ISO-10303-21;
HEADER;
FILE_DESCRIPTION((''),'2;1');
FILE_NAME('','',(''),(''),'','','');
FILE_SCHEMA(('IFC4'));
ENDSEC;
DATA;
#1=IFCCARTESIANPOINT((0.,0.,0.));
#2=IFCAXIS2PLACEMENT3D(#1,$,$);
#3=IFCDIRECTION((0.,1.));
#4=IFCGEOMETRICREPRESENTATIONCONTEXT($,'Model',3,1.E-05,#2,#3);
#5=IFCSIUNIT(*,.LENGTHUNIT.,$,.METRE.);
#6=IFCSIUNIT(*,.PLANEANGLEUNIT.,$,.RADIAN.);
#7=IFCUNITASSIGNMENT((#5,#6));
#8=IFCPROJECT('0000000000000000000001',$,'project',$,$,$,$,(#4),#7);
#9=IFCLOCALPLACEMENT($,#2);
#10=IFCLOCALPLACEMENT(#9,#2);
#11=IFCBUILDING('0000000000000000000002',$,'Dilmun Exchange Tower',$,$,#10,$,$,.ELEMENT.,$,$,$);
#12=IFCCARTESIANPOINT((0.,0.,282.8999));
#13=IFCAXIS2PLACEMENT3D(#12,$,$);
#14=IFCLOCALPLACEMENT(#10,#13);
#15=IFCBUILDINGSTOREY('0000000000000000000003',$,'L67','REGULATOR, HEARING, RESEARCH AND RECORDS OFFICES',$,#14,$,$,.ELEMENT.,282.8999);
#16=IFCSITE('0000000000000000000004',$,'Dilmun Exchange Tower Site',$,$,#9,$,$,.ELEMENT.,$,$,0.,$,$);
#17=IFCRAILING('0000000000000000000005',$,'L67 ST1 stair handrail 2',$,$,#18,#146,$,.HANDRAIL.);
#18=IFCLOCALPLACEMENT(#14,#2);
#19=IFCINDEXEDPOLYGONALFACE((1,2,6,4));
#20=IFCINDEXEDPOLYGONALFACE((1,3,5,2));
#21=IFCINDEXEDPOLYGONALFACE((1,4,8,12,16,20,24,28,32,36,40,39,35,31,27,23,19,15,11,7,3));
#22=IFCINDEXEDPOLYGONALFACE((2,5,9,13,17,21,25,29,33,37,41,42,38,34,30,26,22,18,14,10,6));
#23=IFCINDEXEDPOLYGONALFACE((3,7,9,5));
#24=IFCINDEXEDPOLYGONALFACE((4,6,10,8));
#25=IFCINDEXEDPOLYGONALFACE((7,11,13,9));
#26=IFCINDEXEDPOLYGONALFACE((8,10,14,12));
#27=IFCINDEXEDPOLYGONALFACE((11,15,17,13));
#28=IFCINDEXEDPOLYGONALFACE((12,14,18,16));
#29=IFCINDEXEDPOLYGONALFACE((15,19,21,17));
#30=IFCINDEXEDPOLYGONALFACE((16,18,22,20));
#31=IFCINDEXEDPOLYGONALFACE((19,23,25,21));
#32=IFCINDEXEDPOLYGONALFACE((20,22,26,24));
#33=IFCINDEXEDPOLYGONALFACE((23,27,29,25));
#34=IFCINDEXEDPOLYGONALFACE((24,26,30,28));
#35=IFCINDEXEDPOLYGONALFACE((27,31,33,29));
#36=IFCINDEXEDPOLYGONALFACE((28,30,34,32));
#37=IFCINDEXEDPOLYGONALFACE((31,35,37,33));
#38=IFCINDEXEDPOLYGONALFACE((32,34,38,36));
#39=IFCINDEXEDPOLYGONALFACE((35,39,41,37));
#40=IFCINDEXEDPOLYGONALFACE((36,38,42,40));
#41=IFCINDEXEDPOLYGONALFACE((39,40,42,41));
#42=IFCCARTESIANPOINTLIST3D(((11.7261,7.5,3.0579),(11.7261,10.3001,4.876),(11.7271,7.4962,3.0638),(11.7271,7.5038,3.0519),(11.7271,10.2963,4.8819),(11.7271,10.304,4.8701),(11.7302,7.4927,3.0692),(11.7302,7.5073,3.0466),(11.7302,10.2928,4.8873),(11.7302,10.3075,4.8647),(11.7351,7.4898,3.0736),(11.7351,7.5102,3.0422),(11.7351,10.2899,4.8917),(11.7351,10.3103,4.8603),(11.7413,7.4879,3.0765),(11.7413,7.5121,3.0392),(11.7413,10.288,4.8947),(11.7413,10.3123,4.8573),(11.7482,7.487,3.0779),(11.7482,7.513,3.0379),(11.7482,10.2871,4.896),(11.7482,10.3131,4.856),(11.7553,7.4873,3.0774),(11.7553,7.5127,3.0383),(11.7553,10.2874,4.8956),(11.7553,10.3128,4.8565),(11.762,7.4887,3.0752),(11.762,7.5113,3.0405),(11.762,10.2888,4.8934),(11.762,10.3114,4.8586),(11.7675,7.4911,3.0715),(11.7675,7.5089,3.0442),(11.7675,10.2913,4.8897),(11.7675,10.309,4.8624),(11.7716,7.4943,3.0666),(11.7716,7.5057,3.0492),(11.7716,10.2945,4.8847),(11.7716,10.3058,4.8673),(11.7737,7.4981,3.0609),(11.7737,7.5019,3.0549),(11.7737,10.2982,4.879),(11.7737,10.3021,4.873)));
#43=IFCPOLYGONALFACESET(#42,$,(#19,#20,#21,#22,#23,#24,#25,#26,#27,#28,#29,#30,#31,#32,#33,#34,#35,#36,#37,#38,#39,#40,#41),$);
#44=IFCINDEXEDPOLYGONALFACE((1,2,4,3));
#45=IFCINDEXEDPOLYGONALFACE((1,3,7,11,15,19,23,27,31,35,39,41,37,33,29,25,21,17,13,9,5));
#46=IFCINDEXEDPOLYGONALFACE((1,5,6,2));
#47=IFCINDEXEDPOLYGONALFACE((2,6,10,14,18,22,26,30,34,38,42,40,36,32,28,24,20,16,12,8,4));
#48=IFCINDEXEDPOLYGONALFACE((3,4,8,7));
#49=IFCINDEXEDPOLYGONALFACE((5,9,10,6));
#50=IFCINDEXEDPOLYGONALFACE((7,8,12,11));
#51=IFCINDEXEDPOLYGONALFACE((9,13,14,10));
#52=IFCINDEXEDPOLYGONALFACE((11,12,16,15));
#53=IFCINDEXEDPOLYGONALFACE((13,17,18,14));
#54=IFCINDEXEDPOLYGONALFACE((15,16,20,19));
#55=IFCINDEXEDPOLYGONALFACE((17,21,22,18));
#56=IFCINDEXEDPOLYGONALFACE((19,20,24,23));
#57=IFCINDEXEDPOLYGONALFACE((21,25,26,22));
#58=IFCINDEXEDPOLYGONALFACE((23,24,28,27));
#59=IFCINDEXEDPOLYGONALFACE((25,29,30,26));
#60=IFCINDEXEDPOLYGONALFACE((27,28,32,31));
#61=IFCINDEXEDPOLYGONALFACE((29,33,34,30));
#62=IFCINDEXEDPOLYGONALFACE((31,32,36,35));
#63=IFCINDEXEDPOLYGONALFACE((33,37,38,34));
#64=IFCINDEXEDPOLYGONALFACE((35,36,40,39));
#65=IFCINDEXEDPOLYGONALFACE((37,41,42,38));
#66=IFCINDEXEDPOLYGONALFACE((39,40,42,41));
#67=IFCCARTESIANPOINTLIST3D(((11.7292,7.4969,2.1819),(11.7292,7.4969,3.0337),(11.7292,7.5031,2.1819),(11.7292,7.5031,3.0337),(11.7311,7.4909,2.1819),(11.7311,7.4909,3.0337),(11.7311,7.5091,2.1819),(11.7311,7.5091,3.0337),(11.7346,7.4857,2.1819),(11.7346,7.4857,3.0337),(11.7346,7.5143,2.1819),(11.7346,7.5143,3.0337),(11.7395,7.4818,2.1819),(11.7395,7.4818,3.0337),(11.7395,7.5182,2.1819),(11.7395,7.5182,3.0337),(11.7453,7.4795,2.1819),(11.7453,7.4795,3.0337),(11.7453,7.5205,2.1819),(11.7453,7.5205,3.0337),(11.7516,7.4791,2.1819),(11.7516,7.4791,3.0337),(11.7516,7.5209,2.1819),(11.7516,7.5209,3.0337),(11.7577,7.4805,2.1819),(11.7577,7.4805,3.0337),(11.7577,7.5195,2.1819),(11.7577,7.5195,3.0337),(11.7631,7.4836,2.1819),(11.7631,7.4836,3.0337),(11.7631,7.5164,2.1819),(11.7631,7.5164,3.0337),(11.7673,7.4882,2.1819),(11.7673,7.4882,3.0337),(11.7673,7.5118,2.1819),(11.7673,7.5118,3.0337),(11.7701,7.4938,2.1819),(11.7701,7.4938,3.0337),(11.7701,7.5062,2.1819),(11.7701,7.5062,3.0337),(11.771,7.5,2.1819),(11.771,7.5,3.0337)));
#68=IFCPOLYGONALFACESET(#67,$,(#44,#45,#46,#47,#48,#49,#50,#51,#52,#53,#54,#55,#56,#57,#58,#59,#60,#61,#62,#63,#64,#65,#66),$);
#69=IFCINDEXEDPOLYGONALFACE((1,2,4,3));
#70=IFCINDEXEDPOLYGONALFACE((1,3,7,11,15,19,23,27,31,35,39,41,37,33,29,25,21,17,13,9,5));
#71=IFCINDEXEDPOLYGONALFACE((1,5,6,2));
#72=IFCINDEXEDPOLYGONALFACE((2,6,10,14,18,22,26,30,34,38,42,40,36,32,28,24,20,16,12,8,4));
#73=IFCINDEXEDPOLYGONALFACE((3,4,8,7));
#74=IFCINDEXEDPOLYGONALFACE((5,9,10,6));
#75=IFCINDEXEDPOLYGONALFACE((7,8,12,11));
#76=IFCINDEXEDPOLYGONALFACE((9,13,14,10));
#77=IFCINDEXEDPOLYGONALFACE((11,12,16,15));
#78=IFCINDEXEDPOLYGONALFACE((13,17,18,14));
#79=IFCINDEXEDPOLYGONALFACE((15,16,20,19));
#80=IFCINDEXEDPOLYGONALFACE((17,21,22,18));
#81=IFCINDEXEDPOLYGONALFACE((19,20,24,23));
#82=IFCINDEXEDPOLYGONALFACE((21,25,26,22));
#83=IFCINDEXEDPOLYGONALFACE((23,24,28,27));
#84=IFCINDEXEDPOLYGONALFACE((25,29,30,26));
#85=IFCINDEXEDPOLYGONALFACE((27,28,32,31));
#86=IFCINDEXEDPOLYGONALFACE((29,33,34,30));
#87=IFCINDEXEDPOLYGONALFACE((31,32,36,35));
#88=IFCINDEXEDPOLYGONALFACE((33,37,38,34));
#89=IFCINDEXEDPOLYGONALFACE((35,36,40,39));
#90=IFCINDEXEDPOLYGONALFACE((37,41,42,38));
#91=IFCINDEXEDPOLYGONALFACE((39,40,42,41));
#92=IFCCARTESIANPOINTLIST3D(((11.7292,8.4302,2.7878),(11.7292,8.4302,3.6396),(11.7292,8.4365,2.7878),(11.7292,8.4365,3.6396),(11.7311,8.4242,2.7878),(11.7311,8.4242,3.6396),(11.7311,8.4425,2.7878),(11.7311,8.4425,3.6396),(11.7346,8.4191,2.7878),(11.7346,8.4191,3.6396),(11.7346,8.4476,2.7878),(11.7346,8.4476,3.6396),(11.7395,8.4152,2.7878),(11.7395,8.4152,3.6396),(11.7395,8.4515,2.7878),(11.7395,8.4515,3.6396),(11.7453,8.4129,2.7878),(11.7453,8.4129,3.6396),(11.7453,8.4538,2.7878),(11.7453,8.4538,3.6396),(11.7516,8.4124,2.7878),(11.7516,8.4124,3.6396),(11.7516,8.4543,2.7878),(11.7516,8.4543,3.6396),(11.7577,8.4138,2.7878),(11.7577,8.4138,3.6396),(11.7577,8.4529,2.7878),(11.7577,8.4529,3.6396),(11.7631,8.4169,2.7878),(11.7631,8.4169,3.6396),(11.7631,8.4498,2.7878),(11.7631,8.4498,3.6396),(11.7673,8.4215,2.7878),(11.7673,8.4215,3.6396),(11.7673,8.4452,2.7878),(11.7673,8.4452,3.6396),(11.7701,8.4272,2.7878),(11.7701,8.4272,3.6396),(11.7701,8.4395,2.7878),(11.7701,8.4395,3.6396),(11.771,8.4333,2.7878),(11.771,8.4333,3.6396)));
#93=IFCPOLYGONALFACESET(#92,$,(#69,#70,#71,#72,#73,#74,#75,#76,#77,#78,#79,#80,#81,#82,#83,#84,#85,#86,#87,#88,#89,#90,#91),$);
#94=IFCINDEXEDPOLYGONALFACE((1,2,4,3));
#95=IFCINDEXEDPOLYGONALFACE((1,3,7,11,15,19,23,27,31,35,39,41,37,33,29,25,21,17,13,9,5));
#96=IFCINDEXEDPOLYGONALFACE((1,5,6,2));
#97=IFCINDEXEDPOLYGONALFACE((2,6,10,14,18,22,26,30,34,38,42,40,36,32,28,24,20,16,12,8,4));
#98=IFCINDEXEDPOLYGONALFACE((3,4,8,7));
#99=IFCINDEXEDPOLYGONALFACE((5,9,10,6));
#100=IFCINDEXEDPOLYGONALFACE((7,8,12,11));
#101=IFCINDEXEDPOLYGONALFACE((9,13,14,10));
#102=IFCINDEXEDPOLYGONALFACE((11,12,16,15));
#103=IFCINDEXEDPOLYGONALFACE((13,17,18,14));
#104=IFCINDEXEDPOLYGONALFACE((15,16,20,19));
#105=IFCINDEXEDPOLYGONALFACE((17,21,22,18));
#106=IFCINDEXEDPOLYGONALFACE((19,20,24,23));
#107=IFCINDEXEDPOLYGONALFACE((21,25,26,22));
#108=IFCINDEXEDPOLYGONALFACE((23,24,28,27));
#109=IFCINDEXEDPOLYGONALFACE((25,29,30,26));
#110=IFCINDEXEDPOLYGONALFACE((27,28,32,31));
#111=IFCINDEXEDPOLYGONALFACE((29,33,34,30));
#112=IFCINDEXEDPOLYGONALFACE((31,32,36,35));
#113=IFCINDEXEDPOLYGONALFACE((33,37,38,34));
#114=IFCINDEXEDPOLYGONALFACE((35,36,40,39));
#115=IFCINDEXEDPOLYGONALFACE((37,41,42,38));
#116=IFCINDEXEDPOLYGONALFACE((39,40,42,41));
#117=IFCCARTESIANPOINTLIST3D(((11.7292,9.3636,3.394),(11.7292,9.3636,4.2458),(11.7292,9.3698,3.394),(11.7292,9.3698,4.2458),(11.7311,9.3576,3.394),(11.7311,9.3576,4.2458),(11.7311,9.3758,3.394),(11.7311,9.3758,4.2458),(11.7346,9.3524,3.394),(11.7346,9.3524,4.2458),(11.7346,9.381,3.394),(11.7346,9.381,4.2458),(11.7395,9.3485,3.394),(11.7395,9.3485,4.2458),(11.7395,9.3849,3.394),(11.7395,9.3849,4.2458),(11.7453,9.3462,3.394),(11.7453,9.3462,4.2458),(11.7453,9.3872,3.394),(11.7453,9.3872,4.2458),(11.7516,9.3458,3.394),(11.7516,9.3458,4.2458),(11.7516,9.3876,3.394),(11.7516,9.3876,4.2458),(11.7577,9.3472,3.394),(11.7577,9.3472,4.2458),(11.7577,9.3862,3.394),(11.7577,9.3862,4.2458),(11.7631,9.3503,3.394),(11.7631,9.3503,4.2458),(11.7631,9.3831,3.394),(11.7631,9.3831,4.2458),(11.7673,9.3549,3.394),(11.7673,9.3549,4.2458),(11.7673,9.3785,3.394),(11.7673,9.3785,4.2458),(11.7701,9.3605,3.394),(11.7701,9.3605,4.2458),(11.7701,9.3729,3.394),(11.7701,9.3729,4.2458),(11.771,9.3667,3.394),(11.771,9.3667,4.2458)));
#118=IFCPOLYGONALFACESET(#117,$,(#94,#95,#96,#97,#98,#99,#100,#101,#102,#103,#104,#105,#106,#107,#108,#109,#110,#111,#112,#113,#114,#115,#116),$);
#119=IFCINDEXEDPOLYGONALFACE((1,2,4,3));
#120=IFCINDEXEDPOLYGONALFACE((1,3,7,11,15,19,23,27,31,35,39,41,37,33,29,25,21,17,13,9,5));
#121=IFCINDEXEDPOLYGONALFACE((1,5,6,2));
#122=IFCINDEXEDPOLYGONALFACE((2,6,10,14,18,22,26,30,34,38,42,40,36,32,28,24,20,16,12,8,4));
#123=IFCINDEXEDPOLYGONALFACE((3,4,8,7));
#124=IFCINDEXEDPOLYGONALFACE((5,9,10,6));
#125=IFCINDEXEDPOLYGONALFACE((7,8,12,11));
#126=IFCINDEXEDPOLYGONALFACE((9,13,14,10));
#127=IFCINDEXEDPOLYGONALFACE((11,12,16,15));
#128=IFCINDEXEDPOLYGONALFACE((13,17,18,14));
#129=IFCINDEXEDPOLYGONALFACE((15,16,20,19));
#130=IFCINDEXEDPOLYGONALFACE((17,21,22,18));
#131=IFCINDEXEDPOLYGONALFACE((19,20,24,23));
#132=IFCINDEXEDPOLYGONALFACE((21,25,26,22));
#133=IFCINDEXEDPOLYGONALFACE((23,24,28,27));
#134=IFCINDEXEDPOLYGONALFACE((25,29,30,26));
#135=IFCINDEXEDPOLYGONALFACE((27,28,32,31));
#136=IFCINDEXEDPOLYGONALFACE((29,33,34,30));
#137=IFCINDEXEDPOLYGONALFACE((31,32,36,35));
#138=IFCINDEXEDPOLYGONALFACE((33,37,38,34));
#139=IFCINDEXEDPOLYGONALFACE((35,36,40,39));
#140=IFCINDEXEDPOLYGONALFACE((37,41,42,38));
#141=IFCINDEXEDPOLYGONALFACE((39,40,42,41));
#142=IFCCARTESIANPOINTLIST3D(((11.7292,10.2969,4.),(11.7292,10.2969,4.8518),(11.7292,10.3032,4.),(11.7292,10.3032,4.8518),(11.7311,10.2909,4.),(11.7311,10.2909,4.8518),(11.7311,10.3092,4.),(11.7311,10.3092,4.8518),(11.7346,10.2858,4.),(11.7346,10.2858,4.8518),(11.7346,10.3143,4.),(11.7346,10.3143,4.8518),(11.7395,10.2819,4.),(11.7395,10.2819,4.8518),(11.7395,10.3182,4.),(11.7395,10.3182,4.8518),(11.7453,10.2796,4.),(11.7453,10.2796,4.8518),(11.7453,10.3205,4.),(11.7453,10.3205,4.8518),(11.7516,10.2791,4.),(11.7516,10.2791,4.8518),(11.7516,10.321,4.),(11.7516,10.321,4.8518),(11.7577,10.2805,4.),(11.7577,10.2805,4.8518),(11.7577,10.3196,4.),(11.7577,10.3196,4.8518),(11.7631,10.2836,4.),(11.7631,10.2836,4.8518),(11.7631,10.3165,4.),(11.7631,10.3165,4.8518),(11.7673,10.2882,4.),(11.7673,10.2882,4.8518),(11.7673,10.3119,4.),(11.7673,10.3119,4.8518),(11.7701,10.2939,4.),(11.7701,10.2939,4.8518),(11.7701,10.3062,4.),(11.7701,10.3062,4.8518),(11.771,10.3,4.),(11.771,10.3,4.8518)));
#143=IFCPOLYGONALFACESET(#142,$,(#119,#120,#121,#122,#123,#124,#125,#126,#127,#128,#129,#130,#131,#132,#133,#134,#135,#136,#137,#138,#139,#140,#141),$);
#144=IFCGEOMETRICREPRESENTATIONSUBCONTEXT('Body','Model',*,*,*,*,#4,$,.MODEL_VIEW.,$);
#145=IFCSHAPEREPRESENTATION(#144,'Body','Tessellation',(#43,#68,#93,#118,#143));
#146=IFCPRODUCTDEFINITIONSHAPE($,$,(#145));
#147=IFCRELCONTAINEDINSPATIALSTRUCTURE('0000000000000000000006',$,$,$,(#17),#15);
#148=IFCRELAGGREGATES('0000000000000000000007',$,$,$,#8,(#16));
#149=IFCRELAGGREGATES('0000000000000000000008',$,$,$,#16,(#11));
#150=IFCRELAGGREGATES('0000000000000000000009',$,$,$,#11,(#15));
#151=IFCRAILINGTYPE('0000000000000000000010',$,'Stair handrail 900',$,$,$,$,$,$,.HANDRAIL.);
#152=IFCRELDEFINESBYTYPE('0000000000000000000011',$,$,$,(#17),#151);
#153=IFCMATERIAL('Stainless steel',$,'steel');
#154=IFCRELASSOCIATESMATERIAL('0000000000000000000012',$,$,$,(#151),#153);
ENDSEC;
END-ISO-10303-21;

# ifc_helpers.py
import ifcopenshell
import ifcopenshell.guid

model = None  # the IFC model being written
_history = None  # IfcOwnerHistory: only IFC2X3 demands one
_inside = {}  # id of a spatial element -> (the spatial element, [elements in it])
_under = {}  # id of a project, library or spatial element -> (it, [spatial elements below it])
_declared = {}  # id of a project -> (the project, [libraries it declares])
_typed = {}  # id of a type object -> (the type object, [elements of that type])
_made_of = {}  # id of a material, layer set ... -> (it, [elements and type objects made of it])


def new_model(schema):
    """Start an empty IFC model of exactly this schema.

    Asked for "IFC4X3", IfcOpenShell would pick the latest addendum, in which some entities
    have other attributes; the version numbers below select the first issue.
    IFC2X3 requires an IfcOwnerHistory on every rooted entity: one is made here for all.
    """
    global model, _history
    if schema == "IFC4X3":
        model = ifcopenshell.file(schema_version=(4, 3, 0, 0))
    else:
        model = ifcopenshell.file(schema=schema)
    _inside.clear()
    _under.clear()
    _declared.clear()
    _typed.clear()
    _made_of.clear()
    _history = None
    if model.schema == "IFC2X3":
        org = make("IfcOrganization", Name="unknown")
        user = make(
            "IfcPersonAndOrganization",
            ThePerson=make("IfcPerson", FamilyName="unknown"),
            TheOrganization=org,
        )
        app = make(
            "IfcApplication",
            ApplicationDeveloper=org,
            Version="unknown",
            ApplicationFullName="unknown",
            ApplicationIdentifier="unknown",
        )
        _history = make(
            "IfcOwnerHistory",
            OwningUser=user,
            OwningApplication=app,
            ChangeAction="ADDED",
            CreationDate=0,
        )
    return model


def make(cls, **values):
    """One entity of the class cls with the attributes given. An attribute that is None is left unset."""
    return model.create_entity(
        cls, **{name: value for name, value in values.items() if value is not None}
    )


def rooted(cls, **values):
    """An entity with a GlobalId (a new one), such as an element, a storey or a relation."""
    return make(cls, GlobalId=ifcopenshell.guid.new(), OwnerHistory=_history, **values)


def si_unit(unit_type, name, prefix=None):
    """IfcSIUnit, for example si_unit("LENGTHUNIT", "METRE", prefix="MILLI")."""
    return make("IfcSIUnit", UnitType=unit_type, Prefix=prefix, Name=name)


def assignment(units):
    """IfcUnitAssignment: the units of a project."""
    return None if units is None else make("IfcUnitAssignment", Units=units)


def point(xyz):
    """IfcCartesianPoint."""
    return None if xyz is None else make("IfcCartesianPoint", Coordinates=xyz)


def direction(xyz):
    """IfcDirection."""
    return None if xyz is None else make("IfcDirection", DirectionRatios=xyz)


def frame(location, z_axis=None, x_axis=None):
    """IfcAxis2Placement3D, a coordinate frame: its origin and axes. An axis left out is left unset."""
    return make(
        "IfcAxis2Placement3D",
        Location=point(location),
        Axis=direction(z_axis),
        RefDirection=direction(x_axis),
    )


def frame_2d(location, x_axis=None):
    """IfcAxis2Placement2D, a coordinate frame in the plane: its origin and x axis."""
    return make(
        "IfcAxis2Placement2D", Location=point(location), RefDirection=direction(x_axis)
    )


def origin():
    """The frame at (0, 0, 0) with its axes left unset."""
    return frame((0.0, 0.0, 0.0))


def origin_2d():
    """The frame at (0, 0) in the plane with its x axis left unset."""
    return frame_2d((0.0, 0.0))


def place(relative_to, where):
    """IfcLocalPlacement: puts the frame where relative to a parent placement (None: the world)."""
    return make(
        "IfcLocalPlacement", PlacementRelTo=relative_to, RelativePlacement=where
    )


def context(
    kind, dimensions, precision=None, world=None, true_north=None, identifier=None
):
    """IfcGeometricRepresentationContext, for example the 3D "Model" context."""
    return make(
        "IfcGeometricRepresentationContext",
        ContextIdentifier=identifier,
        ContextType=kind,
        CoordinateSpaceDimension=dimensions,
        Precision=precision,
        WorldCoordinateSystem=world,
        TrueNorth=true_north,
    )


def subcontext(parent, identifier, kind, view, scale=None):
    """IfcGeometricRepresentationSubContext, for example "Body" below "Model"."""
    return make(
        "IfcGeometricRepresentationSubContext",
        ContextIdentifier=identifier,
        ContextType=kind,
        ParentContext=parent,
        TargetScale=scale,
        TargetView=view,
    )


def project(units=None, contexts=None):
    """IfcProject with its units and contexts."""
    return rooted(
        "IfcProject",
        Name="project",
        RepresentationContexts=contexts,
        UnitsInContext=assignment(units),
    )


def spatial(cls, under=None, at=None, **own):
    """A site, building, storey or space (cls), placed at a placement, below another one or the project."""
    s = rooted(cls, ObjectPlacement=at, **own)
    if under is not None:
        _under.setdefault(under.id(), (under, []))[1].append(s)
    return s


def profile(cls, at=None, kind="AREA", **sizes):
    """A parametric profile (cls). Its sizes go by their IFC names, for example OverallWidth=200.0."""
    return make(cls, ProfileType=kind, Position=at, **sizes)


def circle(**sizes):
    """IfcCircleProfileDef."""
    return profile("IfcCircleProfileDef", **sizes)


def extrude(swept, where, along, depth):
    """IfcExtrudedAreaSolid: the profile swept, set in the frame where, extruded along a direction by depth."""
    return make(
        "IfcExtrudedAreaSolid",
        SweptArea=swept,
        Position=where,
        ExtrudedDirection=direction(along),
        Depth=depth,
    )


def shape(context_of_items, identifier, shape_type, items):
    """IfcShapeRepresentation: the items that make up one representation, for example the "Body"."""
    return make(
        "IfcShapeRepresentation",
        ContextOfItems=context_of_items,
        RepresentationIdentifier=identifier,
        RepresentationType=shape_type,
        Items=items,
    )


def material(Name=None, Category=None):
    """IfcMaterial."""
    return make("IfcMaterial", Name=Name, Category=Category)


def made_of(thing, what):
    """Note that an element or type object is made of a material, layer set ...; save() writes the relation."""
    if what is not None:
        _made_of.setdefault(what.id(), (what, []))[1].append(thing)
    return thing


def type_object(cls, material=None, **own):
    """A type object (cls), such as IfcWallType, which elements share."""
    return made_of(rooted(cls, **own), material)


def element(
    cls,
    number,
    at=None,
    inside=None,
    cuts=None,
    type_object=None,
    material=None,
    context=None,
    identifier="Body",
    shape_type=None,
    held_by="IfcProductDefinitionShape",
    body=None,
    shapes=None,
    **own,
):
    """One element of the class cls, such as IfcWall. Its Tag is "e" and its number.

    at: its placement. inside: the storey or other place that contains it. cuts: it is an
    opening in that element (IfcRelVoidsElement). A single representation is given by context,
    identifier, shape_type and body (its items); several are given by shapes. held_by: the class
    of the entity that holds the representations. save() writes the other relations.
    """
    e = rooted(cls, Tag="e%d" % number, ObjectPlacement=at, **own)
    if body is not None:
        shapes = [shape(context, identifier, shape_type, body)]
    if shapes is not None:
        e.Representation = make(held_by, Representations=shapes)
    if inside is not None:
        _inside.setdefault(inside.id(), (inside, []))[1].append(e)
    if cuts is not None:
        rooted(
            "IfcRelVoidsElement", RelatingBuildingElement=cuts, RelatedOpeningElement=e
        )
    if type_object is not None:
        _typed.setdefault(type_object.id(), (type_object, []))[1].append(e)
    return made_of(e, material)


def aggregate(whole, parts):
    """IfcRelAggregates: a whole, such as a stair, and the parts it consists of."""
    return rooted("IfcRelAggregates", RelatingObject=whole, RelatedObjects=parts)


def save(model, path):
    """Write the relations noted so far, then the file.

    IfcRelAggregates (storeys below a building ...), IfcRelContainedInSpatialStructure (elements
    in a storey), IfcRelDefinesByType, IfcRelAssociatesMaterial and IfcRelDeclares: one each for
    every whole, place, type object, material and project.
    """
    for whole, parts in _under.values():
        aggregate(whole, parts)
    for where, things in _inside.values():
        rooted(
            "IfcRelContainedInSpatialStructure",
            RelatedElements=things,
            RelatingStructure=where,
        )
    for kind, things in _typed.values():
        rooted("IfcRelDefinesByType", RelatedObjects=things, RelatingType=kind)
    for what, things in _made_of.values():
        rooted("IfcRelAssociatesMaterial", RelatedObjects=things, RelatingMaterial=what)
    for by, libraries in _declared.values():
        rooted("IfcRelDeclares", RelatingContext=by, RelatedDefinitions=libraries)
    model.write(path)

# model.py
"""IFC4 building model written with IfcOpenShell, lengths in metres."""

from ifc_helpers import new_model, si_unit, direction, frame, origin, origin_2d, place, context, subcontext, project, spatial, circle, extrude, material, type_object, element, save


model = new_model("IFC4")

# Units and contexts
model_context = context("Model", 3, precision=1e-05, world=origin(), true_north=direction((0.0, 1.0)))
body_context = subcontext(model_context, "Body", "Model", "MODEL_VIEW")
ifc_project = project(units=[si_unit("LENGTHUNIT", "METRE"), si_unit("PLANEANGLEUNIT", "RADIAN")], contexts=[model_context])

# Site, building, storey
site_placement = place(None, origin())
site = spatial("IfcSite", under=ifc_project, at=site_placement, Name="Dilmun Exchange Tower Site", CompositionType="ELEMENT", RefElevation=0.0)
building_placement = place(site_placement, origin())
building = spatial("IfcBuilding", under=site, at=building_placement, Name="Dilmun Exchange Tower", CompositionType="ELEMENT")
storey_placement = place(building_placement, frame((0.0, 0.0, 282.8999)))
storey = spatial("IfcBuildingStorey", under=building, at=storey_placement, Name="L67", Description="REGULATOR, HEARING, RESEARCH AND RECORDS OFFICES", CompositionType="ELEMENT", Elevation=282.8999)

# Railing
ifc_material_1 = material(Name="Stainless steel", Category="steel")
railing_type = type_object("IfcRailingType", Name="Stair handrail 900", PredefinedType="HANDRAIL", material=ifc_material_1)
railing_1_placement = place(storey_placement, frame((11.75, 7.5, 2.1819)))
element("IfcRailing", 1, at=railing_1_placement, inside=storey, type_object=railing_type, Name="L67 ST1 stair handrail 2", PredefinedType="HANDRAIL", context=body_context, shape_type="SweptSolid", body=[
    extrude(circle(Radius=0.0239, at=origin_2d()), frame((0.0, 0.0, 0.876), z_axis=(0.0, 0.838706, 0.544585), x_axis=(-1.0, 0.0, 0.0)), (0.0, 0.0, 1.0), 3.3386),
    extrude(circle(Radius=0.021, at=origin_2d()), origin(), (0.0, 0.0, 1.0), 0.8518),
    extrude(circle(Radius=0.021, at=origin_2d()), frame((0.0, 0.9333, 0.606)), (0.0, 0.0, 1.0), 0.8518),
    extrude(circle(Radius=0.021, at=origin_2d()), frame((0.0, 1.8667, 1.2122)), (0.0, 0.0, 1.0), 0.8518),
    extrude(circle(Radius=0.021, at=origin_2d()), frame((0.0, 2.8, 1.8181)), (0.0, 0.0, 1.0), 0.8518),
])

save(model, "model.ifc")
